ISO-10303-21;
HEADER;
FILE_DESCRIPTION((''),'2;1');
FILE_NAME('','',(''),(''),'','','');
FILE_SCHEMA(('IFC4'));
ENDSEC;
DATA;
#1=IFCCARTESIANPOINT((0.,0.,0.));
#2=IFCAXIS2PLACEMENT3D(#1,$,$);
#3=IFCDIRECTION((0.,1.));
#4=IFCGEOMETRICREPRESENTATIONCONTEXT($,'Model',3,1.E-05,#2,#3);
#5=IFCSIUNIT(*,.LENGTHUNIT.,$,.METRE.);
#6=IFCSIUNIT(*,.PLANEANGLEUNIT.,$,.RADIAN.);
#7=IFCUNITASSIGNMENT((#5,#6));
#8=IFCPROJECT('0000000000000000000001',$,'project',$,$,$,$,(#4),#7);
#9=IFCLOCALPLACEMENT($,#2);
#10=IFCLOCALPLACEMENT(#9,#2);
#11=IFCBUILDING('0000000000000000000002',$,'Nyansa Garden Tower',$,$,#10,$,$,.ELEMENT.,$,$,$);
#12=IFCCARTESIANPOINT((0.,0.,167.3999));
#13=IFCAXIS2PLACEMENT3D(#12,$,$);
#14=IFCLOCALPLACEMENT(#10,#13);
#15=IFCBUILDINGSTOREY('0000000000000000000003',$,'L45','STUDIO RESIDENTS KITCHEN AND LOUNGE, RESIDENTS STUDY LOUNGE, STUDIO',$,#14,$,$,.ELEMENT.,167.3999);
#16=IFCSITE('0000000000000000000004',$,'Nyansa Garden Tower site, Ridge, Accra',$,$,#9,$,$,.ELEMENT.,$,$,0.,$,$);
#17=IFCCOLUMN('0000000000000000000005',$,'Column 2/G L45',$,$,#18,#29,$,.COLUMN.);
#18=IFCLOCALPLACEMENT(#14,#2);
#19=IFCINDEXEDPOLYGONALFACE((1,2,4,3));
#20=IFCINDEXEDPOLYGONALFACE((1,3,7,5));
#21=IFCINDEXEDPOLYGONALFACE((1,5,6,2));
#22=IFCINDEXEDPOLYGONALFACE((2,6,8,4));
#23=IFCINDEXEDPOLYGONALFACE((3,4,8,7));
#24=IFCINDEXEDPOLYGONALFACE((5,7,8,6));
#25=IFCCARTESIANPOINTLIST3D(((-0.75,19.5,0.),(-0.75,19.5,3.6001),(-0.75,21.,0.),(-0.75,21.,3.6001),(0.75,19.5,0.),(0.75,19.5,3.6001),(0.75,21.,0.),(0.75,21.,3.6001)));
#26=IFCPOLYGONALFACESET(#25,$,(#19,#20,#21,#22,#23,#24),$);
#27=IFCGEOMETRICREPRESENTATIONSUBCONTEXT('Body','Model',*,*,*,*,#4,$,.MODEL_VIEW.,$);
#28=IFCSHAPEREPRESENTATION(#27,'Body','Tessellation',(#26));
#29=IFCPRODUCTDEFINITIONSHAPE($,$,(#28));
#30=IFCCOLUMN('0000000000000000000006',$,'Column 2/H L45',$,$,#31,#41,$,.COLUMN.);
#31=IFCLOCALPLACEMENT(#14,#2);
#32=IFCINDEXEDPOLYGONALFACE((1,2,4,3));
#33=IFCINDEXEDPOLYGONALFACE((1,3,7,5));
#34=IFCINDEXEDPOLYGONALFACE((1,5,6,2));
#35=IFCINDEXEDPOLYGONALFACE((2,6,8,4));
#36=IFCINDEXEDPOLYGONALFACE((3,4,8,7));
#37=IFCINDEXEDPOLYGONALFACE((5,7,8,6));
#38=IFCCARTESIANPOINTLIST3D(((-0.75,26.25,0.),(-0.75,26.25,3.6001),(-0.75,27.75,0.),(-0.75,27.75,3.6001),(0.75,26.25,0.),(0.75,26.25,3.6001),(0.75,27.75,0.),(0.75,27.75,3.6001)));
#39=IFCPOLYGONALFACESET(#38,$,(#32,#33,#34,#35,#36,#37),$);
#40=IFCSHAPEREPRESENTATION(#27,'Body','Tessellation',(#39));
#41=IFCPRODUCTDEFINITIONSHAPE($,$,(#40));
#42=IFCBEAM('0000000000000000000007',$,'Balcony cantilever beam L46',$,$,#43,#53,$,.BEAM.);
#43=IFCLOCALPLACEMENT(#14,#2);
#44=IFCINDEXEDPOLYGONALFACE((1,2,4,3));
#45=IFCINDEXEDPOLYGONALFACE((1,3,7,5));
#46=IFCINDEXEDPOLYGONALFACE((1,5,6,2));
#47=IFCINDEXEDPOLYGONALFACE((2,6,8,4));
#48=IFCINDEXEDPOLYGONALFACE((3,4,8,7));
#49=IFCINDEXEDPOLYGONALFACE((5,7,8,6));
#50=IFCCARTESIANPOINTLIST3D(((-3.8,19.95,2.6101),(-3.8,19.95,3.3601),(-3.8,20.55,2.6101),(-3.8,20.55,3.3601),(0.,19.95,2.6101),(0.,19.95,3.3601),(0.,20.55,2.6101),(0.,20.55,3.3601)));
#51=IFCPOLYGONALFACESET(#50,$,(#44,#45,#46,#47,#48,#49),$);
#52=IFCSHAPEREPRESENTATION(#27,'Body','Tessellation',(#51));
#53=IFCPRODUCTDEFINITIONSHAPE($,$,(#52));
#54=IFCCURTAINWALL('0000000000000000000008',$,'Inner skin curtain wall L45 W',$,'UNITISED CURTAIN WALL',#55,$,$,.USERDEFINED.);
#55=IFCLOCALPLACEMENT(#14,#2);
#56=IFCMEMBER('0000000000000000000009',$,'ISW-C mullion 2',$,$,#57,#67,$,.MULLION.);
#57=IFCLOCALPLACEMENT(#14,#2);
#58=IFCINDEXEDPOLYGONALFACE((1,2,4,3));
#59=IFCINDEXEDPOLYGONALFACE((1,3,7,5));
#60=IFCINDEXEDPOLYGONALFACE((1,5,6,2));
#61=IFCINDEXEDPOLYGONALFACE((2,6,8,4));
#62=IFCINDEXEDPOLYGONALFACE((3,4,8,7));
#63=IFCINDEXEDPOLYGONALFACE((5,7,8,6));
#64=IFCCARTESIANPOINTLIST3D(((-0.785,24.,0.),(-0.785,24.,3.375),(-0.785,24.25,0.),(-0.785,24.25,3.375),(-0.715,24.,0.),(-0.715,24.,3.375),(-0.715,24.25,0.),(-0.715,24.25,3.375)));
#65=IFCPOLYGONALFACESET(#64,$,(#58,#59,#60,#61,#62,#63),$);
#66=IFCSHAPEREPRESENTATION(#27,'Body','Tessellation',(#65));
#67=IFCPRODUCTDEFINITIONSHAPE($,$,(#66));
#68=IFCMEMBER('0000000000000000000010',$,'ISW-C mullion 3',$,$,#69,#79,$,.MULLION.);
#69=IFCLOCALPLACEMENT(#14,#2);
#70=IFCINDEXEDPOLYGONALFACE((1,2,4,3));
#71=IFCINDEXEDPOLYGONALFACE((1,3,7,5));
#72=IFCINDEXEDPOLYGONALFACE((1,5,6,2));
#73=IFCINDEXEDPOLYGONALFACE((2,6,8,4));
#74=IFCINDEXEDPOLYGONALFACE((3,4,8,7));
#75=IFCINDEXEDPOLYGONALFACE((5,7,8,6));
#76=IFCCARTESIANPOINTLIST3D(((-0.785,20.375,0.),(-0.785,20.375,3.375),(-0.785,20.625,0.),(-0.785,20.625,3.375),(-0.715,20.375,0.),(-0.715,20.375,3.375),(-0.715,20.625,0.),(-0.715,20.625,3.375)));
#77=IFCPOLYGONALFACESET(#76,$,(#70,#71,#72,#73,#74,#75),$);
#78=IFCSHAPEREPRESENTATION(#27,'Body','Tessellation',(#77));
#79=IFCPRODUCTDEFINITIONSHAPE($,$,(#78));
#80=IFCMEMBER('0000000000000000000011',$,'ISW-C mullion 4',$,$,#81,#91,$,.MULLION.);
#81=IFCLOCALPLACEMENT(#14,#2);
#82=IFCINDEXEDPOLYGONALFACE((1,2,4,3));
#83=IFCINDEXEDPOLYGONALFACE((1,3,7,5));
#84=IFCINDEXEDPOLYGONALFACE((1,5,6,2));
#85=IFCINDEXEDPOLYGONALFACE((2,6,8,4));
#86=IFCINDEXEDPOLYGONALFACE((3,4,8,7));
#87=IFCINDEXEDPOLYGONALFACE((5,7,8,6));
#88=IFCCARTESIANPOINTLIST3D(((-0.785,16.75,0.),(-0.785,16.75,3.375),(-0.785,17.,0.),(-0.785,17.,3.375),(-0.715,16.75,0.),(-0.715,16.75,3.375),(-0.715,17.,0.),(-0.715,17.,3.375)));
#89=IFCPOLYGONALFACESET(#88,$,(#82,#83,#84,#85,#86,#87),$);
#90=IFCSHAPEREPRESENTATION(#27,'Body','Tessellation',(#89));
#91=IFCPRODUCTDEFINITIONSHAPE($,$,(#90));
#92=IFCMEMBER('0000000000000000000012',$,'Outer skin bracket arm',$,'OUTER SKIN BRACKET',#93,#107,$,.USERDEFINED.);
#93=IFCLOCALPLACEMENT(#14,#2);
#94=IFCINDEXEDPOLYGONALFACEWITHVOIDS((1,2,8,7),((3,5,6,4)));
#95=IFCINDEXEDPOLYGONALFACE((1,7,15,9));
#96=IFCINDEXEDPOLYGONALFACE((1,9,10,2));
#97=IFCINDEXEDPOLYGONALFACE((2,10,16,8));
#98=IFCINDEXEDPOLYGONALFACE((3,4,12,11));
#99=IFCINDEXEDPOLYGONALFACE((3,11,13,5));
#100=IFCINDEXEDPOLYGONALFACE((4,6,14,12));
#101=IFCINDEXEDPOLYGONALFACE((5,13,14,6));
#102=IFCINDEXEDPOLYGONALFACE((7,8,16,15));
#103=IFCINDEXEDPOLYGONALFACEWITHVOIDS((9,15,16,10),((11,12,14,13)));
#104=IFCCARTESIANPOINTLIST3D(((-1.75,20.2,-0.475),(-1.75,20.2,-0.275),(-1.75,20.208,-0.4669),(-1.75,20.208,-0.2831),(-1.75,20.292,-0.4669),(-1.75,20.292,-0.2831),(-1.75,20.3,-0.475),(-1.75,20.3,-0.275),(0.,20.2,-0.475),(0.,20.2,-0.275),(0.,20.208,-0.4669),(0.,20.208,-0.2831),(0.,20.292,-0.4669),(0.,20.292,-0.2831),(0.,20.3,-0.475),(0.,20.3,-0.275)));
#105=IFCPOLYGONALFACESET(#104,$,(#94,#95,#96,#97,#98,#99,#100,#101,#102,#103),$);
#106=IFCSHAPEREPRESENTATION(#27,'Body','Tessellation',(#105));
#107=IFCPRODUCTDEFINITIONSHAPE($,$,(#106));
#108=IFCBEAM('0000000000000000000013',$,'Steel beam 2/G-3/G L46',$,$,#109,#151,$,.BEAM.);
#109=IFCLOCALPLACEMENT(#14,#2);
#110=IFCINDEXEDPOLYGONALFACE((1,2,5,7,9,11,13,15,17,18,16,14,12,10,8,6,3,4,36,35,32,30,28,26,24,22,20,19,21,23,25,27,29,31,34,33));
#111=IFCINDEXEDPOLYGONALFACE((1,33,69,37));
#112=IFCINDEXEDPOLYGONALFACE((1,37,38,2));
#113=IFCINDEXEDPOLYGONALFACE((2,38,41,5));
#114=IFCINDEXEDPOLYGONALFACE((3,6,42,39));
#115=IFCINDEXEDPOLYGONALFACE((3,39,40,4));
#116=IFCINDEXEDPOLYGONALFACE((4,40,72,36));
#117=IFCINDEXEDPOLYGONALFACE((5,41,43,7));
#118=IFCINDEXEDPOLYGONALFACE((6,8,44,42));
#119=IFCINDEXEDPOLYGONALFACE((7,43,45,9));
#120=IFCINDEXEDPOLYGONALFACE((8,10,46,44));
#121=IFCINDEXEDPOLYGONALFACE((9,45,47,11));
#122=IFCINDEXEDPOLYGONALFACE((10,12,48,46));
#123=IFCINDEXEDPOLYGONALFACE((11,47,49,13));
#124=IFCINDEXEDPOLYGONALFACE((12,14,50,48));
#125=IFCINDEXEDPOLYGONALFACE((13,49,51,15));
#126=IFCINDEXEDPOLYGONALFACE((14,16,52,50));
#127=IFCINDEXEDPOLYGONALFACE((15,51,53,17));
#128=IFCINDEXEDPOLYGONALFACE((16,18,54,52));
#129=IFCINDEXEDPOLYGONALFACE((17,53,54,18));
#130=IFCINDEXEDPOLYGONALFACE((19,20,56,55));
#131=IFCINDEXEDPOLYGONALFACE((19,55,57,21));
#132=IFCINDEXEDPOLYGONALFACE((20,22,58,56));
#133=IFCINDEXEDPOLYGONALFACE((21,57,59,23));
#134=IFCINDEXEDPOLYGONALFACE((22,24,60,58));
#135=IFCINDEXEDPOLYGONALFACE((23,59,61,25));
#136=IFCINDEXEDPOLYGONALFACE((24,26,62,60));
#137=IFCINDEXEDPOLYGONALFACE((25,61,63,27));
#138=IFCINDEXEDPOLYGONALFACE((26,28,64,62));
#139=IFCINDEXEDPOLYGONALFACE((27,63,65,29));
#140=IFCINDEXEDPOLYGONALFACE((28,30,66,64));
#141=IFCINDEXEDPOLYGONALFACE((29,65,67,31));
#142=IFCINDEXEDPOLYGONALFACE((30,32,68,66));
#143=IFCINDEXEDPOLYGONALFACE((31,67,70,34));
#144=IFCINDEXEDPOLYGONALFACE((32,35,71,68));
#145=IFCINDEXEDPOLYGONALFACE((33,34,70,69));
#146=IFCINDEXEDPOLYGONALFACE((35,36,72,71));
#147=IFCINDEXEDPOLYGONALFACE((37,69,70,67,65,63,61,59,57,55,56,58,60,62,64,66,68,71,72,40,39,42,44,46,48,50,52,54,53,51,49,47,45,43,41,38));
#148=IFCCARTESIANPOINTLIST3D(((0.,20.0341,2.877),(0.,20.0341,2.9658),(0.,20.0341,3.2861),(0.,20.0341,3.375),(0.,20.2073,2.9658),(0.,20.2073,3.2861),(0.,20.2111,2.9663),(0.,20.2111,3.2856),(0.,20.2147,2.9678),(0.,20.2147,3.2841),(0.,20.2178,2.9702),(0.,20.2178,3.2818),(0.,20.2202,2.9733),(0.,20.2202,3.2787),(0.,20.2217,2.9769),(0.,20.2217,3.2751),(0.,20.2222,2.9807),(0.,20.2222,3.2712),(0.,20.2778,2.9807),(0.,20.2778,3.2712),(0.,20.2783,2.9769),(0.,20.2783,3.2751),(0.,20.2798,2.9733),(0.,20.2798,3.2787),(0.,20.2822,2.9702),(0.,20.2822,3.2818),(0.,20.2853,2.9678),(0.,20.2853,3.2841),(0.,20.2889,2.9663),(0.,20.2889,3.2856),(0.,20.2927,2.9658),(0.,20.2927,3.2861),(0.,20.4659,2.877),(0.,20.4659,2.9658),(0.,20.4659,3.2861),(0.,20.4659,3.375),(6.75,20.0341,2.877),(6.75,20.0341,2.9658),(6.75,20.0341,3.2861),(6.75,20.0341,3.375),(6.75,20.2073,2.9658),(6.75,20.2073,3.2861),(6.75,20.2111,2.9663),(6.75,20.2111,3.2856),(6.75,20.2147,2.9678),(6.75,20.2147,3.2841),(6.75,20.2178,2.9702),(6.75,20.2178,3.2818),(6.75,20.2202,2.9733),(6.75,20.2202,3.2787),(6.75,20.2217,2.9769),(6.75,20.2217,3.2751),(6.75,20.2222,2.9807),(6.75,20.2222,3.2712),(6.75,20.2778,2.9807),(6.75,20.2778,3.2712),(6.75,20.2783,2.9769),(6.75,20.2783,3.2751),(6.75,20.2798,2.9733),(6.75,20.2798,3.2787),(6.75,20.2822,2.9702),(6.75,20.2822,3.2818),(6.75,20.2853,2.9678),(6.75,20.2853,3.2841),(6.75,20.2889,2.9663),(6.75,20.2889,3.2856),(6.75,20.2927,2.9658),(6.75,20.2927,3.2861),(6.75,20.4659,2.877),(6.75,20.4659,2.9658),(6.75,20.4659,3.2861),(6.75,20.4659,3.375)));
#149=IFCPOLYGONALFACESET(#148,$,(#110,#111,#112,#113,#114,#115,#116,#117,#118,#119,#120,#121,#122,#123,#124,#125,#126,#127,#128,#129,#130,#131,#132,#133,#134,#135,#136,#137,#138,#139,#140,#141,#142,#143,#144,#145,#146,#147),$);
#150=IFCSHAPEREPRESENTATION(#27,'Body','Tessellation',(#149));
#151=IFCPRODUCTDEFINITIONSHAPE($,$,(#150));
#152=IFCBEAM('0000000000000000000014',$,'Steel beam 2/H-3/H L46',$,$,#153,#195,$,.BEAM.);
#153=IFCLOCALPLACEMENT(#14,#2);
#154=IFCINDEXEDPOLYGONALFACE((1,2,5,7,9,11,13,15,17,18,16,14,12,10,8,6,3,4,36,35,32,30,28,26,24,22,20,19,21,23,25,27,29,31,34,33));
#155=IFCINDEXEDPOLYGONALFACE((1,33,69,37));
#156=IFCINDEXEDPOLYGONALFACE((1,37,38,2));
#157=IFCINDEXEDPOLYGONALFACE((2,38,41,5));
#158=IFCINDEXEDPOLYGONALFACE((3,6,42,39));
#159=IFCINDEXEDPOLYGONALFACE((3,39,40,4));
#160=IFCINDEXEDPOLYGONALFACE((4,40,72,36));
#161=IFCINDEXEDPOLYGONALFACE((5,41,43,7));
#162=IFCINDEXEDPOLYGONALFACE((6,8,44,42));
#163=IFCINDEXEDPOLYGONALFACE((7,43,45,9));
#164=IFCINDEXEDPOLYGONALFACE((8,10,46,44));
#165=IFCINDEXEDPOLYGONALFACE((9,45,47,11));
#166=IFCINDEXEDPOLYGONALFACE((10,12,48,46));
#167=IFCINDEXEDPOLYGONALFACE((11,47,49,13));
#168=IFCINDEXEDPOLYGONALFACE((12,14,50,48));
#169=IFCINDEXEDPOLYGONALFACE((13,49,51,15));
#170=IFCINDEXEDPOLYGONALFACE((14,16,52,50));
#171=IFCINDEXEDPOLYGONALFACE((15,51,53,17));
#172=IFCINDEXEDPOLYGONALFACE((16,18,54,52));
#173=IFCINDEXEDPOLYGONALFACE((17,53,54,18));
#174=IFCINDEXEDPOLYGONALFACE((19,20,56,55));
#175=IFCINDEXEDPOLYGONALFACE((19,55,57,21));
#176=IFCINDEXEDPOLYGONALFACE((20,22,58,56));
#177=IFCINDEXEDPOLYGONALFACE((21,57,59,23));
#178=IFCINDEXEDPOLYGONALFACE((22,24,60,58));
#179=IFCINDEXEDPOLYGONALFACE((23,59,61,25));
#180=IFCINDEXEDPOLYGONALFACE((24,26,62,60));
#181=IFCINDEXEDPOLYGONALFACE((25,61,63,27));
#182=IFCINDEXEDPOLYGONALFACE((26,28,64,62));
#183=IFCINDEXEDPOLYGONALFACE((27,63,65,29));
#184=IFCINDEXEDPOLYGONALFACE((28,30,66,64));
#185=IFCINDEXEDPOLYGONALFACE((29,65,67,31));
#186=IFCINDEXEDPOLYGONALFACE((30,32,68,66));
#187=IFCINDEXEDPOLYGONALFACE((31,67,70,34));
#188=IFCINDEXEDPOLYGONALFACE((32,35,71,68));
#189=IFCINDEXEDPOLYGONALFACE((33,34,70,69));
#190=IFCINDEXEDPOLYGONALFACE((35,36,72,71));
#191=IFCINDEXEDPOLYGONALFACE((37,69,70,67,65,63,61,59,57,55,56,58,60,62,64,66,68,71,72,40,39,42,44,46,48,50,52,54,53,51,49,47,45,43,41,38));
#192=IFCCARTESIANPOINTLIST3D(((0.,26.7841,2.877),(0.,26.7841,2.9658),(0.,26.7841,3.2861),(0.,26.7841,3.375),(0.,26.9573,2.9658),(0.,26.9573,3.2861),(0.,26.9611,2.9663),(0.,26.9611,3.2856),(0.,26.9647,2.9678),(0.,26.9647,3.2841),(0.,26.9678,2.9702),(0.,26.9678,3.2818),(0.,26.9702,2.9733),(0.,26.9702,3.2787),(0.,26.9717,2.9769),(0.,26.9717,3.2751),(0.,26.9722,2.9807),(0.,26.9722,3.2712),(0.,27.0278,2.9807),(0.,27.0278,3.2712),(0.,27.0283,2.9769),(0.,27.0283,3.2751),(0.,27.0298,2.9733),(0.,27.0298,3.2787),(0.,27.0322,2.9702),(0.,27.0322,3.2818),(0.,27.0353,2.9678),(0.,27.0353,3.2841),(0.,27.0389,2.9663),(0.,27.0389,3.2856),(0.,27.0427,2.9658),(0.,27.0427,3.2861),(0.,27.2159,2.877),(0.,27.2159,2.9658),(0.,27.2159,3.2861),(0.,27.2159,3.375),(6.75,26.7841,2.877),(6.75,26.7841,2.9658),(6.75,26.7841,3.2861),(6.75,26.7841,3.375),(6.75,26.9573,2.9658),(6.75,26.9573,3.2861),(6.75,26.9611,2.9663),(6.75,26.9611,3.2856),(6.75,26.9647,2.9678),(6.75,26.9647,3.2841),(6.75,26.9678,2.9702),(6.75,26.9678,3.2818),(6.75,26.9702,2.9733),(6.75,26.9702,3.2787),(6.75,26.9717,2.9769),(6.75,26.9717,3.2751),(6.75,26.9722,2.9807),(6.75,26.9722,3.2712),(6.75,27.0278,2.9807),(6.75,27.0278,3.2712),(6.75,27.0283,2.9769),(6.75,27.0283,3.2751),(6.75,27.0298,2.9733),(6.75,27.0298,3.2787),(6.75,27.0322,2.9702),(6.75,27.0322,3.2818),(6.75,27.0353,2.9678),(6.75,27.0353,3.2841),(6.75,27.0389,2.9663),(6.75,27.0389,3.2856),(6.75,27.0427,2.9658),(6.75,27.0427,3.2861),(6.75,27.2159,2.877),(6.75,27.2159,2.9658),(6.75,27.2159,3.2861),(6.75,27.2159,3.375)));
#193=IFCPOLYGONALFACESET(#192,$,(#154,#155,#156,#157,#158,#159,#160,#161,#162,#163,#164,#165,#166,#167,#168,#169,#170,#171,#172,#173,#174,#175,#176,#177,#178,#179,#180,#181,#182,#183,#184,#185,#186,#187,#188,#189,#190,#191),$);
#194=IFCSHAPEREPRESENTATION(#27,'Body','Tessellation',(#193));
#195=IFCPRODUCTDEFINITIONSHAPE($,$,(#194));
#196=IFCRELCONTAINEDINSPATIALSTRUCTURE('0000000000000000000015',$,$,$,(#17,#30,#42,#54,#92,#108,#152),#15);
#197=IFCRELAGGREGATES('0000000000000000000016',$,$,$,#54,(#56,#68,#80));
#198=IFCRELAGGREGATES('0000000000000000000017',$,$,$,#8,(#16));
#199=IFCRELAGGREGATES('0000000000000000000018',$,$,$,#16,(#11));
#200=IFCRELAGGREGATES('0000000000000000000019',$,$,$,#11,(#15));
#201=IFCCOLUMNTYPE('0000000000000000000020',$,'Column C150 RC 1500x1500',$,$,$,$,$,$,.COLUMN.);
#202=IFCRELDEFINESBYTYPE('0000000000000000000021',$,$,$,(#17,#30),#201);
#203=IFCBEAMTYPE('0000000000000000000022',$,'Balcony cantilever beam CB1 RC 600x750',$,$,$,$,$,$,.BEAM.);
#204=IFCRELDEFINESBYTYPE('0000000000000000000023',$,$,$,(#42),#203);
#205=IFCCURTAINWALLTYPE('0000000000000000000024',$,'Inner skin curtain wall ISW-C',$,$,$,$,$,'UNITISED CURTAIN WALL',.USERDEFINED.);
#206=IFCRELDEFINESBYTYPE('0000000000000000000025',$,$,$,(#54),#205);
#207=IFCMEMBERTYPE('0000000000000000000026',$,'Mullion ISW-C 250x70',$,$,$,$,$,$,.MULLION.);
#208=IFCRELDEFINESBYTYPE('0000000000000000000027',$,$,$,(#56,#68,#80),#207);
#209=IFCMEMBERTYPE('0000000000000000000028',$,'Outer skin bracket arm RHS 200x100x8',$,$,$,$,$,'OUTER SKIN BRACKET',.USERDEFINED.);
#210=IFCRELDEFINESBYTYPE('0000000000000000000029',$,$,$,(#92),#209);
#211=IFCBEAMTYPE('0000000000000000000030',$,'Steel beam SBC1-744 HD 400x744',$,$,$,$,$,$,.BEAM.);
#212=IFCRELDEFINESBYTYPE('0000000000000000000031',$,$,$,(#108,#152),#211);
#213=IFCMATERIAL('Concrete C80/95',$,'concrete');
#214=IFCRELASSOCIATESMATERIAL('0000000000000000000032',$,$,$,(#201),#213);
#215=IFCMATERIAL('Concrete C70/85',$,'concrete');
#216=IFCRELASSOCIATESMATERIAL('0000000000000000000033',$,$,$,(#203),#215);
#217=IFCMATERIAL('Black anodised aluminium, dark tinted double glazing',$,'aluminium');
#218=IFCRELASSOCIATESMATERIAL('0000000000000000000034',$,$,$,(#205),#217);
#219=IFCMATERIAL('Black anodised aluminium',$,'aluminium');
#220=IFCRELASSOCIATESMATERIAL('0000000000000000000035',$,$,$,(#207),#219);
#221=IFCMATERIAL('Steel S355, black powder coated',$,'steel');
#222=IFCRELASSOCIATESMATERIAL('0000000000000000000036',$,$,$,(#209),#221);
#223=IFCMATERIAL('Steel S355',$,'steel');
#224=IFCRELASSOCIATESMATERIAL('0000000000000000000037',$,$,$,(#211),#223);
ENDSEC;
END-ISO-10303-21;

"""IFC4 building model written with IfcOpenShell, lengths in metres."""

from ifc_helpers import new_model, si_unit, direction, frame, origin, origin_2d, place, context, subcontext, project, spatial, rectangle, hollow_rectangle, i_section, extrude, material, material_profile, profile_set, type_object, element, aggregate, save


model = new_model("IFC4")

# Units and contexts
model_context = context("Model", 3, precision=1e-05, world=origin(), true_north=direction((0.0, 1.0)))
body_context = subcontext(model_context, "Body", "Model", "MODEL_VIEW")
ifc_project = project(units=[si_unit("LENGTHUNIT", "METRE"), si_unit("PLANEANGLEUNIT", "RADIAN")], contexts=[model_context])

# Site, building, storey
site_placement = place(None, origin())
site = spatial("IfcSite", under=ifc_project, at=site_placement, Name="Nyansa Garden Tower site, Ridge, Accra", CompositionType="ELEMENT", RefElevation=0.0)
building_placement = place(site_placement, origin())
building = spatial("IfcBuilding", under=site, at=building_placement, Name="Nyansa Garden Tower", CompositionType="ELEMENT")
storey_placement = place(building_placement, frame((0.0, 0.0, 167.3999)))
storey = spatial("IfcBuildingStorey", under=building, at=storey_placement, Name="L45", Description="STUDIO RESIDENTS KITCHEN AND LOUNGE, RESIDENTS STUDY LOUNGE, STUDIO", CompositionType="ELEMENT", Elevation=167.3999)

# Columns
ifc_material_1 = material(Name="Concrete C80/95", Category="concrete")
ifc_material_profile_1 = material_profile(ifc_material_1, rectangle(XDim=1.5, YDim=1.5, at=origin_2d()), Name="RC 1500x1500")
ifc_profile_set_1 = profile_set([ifc_material_profile_1], Name="Concrete C80/95")
column_type = type_object("IfcColumnType", Name="Column C150 RC 1500x1500", PredefinedType="COLUMN", material=ifc_profile_set_1)
for number, where, z_axis, x_axis, name in (
    (1, (0.0, 20.25, 0.0), (0.0, 0.0, 1.0), (1.0, 0.0, 0.0), "Column 2/G L45"),
    (2, (0.0, 27.0, 0.0), (0.0, 0.0, 1.0), (1.0, 0.0, 0.0), "Column 2/H L45"),
):
    element("IfcColumn", number, at=place(storey_placement, frame(where, z_axis=z_axis, x_axis=x_axis)), inside=storey, type_object=column_type, Name=name, PredefinedType="COLUMN", context=body_context, shape_type="SweptSolid", body=[
        extrude(rectangle(XDim=1.5, YDim=1.5, at=origin_2d()), origin(), (0.0, 0.0, 1.0), 3.6001),
    ])

# Beam
ifc_material_2 = material(Name="Concrete C70/85", Category="concrete")
ifc_material_profile_2 = material_profile(ifc_material_2, rectangle(XDim=0.6001, YDim=0.75, at=origin_2d()), Name="RC 600x750")
ifc_profile_set_2 = profile_set([ifc_material_profile_2], Name="Concrete C70/85")
beam_type_1 = type_object("IfcBeamType", Name="Balcony cantilever beam CB1 RC 600x750", PredefinedType="BEAM", material=ifc_profile_set_2)
beam_1_placement = place(storey_placement, frame((0.0, 20.25, 2.9851), z_axis=(-1.0, 0.0, 0.0), x_axis=(0.0, -1.0, 0.0)))
element("IfcBeam", 3, at=beam_1_placement, inside=storey, type_object=beam_type_1, Name="Balcony cantilever beam L46", PredefinedType="BEAM", context=body_context, shape_type="SweptSolid", body=[
    extrude(rectangle(XDim=0.6001, YDim=0.75, at=origin_2d()), origin(), (0.0, 0.0, 1.0), 3.8),
])

# Curtain wall, members
ifc_material_3 = material(Name="Black anodised aluminium, dark tinted double glazing", Category="aluminium")
curtain_wall_type = type_object("IfcCurtainWallType", Name="Inner skin curtain wall ISW-C", ElementType="UNITISED CURTAIN WALL", PredefinedType="USERDEFINED", material=ifc_material_3)
curtain_wall_placement = place(storey_placement, origin())
curtain_wall = element("IfcCurtainWall", 4, at=curtain_wall_placement, inside=storey, type_object=curtain_wall_type, Name="Inner skin curtain wall L45 W", ObjectType="UNITISED CURTAIN WALL", PredefinedType="USERDEFINED")
ifc_material_4 = material(Name="Black anodised aluminium", Category="aluminium")
ifc_material_profile_3 = material_profile(ifc_material_4, rectangle(XDim=0.0701, YDim=0.25, at=origin_2d()), Name="Mullion 250x70")
ifc_profile_set_3 = profile_set([ifc_material_profile_3], Name="Black anodised aluminium")
member_type_1 = type_object("IfcMemberType", Name="Mullion ISW-C 250x70", PredefinedType="MULLION", material=ifc_profile_set_3)
member_1_placement = place(storey_placement, frame((-0.75, 24.125, 0.0), z_axis=(0.0, 0.0, 1.0), x_axis=(1.0, 0.0, 0.0)))
member_1 = element("IfcMember", 5, at=member_1_placement, type_object=member_type_1, Name="ISW-C mullion 2", PredefinedType="MULLION", context=body_context, shape_type="SweptSolid", body=[
    extrude(rectangle(XDim=0.0701, YDim=0.25, at=origin_2d()), origin(), (0.0, 0.0, 1.0), 3.375),
])
member_2_placement = place(storey_placement, frame((-0.75, 20.5, 0.0), z_axis=(0.0, 0.0, 1.0), x_axis=(1.0, 0.0, 0.0)))
member_2 = element("IfcMember", 6, at=member_2_placement, type_object=member_type_1, Name="ISW-C mullion 3", PredefinedType="MULLION", context=body_context, shape_type="SweptSolid", body=[
    extrude(rectangle(XDim=0.0701, YDim=0.25, at=origin_2d()), origin(), (0.0, 0.0, 1.0), 3.375),
])
member_3_placement = place(storey_placement, frame((-0.75, 16.875, 0.0), z_axis=(0.0, 0.0, 1.0), x_axis=(1.0, 0.0, 0.0)))
member_3 = element("IfcMember", 7, at=member_3_placement, type_object=member_type_1, Name="ISW-C mullion 4", PredefinedType="MULLION", context=body_context, shape_type="SweptSolid", body=[
    extrude(rectangle(XDim=0.0701, YDim=0.25, at=origin_2d()), origin(), (0.0, 0.0, 1.0), 3.375),
])

# Member
ifc_material_5 = material(Name="Steel S355, black powder coated", Category="steel")
ifc_material_profile_4 = material_profile(ifc_material_5, hollow_rectangle(XDim=0.1001, YDim=0.2, WallThickness=0.0081, at=origin_2d()), Name="RHS 200x100x8")
ifc_profile_set_4 = profile_set([ifc_material_profile_4], Name="Steel S355, black powder coated")
member_type_2 = type_object("IfcMemberType", Name="Outer skin bracket arm RHS 200x100x8", ElementType="OUTER SKIN BRACKET", PredefinedType="USERDEFINED", material=ifc_profile_set_4)
member_4_placement = place(storey_placement, frame((0.0, 20.25, -0.375), z_axis=(-1.0, 0.0, 0.0), x_axis=(0.0, -1.0, 0.0)))
element("IfcMember", 8, at=member_4_placement, inside=storey, type_object=member_type_2, Name="Outer skin bracket arm", ObjectType="OUTER SKIN BRACKET", PredefinedType="USERDEFINED", context=body_context, shape_type="SweptSolid", body=[
    extrude(hollow_rectangle(XDim=0.1001, YDim=0.2, WallThickness=0.0081, at=origin_2d()), origin(), (0.0, 0.0, 1.0), 1.75),
])

# Beams
ifc_material_6 = material(Name="Steel S355", Category="steel")
ifc_material_profile_5 = material_profile(ifc_material_6, i_section(OverallWidth=0.4319, OverallDepth=0.498, WebThickness=0.0557, FlangeThickness=0.0889, FilletRadius=0.0149, at=origin_2d()), Name="HD 400x744")
ifc_profile_set_5 = profile_set([ifc_material_profile_5], Name="Steel S355")
beam_type_2 = type_object("IfcBeamType", Name="Steel beam SBC1-744 HD 400x744", PredefinedType="BEAM", material=ifc_profile_set_5)
for number, where, z_axis, x_axis, name in (
    (9, (0.0, 20.25, 3.126), (1.0, 0.0, 0.0), (0.0, 1.0, 0.0), "Steel beam 2/G-3/G L46"),
    (10, (0.0, 27.0, 3.126), (1.0, 0.0, 0.0), (0.0, 1.0, 0.0), "Steel beam 2/H-3/H L46"),
):
    element("IfcBeam", number, at=place(storey_placement, frame(where, z_axis=z_axis, x_axis=x_axis)), inside=storey, type_object=beam_type_2, Name=name, PredefinedType="BEAM", context=body_context, shape_type="SweptSolid", body=[
        extrude(i_section(OverallWidth=0.4319, OverallDepth=0.498, WebThickness=0.0557, FlangeThickness=0.0889, FilletRadius=0.0149, at=origin_2d()), origin(), (0.0, 0.0, 1.0), 6.75),
    ])

aggregate(curtain_wall, [member_1, member_2, member_3])

save(model, "model.ifc")
